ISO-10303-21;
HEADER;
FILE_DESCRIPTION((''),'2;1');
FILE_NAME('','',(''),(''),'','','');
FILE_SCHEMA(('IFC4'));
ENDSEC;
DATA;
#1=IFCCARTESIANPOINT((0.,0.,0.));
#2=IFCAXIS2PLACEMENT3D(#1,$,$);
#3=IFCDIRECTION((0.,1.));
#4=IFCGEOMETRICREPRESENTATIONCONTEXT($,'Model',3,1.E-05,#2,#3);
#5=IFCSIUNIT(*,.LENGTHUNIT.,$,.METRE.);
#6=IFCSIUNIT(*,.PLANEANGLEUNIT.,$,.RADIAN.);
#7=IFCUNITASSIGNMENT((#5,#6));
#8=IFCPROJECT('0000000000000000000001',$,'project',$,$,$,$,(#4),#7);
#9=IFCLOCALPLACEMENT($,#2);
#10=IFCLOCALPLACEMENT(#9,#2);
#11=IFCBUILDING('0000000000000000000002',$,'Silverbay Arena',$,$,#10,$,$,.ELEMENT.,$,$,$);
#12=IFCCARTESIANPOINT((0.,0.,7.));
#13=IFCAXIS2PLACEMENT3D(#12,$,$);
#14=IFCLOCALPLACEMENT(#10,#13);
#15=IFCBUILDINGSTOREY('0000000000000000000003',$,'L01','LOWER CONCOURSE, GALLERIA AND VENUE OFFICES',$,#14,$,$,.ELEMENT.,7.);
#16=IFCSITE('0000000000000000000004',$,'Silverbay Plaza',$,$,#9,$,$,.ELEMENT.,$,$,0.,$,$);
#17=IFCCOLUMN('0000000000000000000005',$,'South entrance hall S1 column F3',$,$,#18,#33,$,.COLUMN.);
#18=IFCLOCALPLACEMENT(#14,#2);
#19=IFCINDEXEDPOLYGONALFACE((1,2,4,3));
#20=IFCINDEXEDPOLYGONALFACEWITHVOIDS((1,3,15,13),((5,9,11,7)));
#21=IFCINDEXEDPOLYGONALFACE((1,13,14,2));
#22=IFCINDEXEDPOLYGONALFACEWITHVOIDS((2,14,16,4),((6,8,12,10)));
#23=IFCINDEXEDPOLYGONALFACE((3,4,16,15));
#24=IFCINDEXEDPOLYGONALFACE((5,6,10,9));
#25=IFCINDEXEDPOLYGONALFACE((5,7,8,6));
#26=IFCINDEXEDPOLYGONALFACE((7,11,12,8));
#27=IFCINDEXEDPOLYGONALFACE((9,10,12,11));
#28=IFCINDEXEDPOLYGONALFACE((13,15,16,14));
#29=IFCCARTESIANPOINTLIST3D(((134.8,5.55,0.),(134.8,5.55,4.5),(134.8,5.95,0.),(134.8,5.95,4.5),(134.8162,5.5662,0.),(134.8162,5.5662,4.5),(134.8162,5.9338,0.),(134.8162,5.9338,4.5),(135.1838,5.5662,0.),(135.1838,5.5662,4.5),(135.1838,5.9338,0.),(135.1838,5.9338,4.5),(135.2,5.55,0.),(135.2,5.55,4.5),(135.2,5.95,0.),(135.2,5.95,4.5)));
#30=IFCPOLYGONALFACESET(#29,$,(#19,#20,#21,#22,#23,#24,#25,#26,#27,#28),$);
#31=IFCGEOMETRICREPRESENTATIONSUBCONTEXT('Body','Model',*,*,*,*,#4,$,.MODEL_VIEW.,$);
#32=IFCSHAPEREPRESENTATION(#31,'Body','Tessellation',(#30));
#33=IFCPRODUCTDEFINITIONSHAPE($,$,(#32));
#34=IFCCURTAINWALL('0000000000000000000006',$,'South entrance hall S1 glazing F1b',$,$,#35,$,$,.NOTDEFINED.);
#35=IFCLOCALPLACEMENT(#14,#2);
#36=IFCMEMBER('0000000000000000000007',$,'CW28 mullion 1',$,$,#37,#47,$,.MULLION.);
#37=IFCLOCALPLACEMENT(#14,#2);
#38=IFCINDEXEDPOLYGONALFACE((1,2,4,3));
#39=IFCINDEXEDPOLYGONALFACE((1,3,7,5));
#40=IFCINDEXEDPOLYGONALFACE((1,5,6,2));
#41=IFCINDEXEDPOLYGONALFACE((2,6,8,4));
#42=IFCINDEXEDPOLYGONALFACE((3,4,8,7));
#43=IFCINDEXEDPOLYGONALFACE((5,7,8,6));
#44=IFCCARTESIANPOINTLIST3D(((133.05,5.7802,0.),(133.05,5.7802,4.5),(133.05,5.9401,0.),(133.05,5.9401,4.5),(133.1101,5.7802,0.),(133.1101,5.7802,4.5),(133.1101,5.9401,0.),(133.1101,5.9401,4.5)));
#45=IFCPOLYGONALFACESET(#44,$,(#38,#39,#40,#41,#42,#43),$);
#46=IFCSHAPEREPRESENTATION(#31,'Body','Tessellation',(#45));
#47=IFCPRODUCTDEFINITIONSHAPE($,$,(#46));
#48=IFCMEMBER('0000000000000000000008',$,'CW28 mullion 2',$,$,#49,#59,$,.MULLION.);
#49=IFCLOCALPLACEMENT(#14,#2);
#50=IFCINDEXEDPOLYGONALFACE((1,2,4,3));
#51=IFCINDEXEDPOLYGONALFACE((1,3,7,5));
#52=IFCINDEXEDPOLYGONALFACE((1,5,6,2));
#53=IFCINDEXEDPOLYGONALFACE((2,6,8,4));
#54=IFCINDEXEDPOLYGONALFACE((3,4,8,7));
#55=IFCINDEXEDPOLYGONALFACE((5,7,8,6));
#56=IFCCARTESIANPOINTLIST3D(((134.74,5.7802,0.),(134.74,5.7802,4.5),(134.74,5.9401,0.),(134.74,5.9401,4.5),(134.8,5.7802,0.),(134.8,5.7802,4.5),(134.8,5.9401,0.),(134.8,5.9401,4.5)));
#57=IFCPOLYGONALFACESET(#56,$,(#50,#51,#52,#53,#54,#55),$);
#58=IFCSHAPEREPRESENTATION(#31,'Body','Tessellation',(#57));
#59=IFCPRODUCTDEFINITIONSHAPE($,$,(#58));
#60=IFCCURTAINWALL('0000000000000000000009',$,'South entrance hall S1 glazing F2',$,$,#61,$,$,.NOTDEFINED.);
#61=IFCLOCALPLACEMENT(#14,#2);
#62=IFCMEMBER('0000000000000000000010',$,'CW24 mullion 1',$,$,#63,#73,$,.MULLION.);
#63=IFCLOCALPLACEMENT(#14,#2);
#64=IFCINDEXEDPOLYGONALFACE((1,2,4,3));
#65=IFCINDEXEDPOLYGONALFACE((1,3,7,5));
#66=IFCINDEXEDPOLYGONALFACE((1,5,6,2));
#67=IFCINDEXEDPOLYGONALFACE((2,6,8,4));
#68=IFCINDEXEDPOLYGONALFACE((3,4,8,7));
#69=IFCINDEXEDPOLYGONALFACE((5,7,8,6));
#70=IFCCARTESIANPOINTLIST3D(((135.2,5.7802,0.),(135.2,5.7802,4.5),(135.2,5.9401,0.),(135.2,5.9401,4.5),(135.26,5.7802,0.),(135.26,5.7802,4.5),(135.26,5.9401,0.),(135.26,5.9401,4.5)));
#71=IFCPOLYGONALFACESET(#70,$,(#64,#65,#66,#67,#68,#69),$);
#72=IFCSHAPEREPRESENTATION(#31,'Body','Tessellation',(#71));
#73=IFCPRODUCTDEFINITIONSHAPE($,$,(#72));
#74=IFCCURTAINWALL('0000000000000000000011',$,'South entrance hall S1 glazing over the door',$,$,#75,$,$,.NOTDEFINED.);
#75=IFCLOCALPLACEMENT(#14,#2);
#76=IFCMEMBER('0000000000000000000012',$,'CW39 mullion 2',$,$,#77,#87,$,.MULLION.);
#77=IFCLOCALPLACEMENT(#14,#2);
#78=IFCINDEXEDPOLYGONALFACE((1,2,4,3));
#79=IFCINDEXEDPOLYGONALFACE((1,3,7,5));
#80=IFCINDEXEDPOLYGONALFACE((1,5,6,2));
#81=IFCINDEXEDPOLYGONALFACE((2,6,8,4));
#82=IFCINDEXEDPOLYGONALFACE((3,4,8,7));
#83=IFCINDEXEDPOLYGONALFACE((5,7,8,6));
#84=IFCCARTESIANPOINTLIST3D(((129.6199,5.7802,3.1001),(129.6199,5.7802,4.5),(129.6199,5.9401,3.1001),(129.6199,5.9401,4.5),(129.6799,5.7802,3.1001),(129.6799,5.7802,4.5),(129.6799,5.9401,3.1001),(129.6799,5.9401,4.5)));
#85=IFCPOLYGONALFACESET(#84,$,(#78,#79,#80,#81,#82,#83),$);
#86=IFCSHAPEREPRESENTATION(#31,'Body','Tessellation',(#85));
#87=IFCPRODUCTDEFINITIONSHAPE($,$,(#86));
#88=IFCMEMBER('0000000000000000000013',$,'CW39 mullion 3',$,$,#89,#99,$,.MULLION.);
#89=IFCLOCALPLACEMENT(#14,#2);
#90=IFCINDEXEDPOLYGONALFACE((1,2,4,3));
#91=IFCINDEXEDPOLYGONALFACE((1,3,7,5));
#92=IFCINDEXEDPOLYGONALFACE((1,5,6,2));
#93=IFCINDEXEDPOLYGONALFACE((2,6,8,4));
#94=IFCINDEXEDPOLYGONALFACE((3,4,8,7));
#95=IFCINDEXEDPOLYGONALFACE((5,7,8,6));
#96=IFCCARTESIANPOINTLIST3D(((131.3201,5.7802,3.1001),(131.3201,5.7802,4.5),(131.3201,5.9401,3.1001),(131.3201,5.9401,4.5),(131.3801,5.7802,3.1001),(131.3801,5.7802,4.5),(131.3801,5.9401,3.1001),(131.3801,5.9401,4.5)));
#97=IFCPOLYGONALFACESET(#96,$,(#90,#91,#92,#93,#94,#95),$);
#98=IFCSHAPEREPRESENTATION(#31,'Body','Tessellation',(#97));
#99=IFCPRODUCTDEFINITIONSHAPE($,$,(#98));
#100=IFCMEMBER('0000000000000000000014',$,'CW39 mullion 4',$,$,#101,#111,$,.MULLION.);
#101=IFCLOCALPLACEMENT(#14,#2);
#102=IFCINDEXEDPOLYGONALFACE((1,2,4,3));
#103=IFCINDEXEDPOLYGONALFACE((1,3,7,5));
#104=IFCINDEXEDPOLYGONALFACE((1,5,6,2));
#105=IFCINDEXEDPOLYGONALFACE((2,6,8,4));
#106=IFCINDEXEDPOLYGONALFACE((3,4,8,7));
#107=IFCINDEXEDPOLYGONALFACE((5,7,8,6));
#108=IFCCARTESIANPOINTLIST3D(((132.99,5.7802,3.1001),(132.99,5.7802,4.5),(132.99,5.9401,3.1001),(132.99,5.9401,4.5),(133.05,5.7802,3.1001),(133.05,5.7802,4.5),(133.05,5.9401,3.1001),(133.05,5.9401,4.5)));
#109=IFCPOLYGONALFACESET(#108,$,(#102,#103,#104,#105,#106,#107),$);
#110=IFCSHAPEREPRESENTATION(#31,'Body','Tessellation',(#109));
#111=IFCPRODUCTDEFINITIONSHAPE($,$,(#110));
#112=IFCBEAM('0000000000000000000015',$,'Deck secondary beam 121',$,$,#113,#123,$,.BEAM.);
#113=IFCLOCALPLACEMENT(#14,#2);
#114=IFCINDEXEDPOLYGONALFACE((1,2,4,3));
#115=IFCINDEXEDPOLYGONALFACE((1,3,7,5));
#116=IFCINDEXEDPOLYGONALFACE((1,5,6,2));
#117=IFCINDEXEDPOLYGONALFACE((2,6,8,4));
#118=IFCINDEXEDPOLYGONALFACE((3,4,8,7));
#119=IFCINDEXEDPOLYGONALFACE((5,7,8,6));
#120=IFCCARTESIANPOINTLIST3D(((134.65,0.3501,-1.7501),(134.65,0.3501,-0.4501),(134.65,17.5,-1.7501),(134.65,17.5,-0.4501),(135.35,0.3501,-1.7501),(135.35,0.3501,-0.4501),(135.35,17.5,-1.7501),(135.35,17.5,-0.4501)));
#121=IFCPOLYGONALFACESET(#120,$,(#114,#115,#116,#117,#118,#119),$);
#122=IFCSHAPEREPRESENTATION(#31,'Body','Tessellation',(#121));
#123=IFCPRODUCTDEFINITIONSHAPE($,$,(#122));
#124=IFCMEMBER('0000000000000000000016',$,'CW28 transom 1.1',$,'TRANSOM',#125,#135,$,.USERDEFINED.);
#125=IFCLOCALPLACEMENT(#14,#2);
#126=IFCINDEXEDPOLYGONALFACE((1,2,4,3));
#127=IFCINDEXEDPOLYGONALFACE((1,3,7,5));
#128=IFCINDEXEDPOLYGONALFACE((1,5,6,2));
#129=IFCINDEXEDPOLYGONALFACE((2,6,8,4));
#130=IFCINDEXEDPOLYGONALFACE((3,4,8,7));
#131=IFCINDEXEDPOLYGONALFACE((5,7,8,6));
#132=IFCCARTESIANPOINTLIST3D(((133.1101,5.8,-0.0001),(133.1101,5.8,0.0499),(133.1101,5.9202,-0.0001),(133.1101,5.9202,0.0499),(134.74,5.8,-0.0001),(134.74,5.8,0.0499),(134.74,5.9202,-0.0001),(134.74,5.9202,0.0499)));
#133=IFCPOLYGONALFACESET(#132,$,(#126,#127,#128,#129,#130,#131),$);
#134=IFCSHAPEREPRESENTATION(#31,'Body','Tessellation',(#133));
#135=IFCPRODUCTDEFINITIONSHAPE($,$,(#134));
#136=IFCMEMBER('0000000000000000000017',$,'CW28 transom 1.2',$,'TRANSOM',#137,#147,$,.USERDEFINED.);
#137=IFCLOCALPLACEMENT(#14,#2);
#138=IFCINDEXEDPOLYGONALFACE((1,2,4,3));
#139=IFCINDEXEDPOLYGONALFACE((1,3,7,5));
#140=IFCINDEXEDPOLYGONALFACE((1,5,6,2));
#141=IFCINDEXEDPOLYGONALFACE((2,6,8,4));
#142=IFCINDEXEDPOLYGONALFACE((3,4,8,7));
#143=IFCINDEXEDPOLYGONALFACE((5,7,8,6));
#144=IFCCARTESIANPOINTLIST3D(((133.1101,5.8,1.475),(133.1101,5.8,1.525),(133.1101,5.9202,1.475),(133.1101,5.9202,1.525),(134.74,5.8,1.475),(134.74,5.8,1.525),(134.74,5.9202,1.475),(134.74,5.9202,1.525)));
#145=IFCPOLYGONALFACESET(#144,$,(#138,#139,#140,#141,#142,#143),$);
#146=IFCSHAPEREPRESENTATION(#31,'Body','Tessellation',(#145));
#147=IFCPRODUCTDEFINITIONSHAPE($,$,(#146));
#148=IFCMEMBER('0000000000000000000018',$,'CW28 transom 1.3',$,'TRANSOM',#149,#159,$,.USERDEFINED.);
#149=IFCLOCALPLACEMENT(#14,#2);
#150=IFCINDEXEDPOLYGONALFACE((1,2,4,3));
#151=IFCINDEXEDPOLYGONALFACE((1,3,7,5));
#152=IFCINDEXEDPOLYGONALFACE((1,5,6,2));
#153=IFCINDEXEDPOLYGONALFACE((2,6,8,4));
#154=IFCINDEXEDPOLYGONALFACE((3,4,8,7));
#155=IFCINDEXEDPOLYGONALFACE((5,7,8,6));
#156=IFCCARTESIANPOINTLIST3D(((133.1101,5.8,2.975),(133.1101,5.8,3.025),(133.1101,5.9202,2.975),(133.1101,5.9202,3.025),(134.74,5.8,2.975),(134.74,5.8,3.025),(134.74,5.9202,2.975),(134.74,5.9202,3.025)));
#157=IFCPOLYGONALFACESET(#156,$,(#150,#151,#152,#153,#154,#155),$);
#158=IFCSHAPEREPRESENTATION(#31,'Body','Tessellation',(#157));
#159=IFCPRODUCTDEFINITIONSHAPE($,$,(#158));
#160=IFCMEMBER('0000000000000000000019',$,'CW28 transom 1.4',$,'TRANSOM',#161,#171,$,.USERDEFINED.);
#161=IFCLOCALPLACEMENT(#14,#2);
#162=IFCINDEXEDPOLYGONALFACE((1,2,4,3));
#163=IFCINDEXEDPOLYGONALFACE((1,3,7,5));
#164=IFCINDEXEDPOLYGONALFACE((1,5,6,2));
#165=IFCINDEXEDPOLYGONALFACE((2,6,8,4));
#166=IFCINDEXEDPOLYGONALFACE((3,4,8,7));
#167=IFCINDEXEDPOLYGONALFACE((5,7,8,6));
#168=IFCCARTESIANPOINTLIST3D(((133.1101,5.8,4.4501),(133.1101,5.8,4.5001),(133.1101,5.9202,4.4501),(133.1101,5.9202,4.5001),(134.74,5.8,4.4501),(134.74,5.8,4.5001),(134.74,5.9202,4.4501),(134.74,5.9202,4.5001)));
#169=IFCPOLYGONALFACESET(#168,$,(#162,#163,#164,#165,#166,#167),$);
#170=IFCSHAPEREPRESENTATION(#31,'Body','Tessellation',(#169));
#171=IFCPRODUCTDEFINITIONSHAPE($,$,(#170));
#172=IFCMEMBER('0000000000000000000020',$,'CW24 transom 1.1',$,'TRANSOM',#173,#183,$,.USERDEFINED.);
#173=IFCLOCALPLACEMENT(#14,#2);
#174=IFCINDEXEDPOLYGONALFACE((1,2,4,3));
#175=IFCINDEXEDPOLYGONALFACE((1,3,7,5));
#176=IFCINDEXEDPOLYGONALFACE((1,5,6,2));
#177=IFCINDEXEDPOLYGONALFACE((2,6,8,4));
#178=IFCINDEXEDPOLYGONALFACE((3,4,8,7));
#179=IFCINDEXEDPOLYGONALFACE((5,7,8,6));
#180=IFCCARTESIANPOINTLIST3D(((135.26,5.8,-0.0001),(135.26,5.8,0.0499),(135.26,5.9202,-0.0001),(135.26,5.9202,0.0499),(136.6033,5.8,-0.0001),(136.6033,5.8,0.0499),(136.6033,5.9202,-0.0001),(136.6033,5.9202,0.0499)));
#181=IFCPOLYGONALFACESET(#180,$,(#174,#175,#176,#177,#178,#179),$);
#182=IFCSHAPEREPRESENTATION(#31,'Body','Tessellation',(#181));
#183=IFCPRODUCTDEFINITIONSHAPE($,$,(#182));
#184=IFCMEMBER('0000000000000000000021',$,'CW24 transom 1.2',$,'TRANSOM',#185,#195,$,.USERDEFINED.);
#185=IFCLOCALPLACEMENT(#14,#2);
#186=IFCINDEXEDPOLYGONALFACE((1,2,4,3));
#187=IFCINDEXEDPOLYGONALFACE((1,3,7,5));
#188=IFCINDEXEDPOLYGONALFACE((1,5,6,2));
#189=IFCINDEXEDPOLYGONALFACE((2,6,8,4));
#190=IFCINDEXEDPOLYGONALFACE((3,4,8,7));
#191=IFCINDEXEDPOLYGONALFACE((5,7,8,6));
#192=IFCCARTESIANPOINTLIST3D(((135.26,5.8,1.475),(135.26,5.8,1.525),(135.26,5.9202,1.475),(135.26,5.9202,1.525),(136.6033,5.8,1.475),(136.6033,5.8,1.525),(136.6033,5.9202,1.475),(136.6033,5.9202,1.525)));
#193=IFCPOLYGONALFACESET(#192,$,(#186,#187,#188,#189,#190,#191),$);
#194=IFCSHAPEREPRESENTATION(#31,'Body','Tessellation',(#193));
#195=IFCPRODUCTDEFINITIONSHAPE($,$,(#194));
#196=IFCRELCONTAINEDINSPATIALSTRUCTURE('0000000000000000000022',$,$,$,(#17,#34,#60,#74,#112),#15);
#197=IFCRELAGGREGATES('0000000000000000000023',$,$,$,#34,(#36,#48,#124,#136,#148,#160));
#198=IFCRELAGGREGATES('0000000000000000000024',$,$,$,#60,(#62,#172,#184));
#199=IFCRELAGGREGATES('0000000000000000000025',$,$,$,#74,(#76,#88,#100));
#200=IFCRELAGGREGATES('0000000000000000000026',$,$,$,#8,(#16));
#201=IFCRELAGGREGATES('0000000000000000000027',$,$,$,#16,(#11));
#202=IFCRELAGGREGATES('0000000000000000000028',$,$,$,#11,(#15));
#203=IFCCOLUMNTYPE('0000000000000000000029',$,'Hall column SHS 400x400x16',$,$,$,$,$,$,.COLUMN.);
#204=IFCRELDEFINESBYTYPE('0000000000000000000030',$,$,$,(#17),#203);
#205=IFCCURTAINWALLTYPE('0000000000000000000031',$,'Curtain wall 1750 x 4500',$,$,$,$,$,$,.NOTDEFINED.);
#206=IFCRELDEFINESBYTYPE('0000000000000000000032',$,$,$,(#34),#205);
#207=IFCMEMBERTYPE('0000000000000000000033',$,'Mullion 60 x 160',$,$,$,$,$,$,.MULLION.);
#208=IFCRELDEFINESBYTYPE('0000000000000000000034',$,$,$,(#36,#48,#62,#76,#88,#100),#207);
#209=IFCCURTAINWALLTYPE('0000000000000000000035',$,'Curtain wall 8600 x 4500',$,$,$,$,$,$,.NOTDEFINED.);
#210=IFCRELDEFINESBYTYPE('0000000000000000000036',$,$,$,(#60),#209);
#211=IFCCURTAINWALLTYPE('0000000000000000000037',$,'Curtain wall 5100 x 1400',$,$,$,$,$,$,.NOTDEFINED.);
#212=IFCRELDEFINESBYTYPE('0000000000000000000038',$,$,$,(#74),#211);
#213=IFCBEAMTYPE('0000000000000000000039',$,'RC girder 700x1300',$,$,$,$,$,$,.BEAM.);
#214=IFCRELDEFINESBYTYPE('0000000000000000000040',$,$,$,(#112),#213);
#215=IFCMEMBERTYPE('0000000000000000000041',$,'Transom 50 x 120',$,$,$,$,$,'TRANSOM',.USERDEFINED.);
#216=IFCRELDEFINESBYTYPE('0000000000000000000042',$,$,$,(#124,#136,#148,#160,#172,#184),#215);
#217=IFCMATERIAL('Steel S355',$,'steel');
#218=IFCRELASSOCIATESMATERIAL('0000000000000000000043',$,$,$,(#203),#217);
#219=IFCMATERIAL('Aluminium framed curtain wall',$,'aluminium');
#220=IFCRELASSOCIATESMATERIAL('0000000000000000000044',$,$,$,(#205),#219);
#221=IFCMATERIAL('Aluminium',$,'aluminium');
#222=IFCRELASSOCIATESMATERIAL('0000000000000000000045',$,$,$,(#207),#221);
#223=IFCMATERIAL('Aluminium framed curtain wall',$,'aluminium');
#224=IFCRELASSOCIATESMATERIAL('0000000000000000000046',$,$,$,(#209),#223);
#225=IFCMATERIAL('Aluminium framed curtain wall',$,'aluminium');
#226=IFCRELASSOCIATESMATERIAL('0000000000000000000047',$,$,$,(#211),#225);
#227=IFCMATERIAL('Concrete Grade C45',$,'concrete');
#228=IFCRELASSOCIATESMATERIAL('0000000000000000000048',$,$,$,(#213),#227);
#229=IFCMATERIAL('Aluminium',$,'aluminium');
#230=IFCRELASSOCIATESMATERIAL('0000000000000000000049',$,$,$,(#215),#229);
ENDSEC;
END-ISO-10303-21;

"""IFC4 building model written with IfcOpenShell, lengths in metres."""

from ifc_helpers import new_model, si_unit, direction, frame, origin, origin_2d, place, context, subcontext, project, spatial, rectangle, hollow_rectangle, extrude, material, material_profile, profile_set, type_object, element, aggregate, save


model = new_model("IFC4")

# Units and contexts
model_context = context("Model", 3, precision=1e-05, world=origin(), true_north=direction((0.0, 1.0)))
body_context = subcontext(model_context, "Body", "Model", "MODEL_VIEW")
ifc_project = project(units=[si_unit("LENGTHUNIT", "METRE"), si_unit("PLANEANGLEUNIT", "RADIAN")], contexts=[model_context])

# Site, building, storey
site_placement = place(None, origin())
site = spatial("IfcSite", under=ifc_project, at=site_placement, Name="Silverbay Plaza", CompositionType="ELEMENT", RefElevation=0.0)
building_placement = place(site_placement, origin())
building = spatial("IfcBuilding", under=site, at=building_placement, Name="Silverbay Arena", CompositionType="ELEMENT")
storey_placement = place(building_placement, frame((0.0, 0.0, 7.0)))
storey = spatial("IfcBuildingStorey", under=building, at=storey_placement, Name="L01", Description="LOWER CONCOURSE, GALLERIA AND VENUE OFFICES", CompositionType="ELEMENT", Elevation=7.0)

# Column
ifc_material_1 = material(Name="Steel S355", Category="steel")
ifc_material_profile_1 = material_profile(ifc_material_1, hollow_rectangle(XDim=0.3999, YDim=0.3999, WallThickness=0.0161, at=origin_2d()), Name="SHS 400x400x16")
ifc_profile_set_1 = profile_set([ifc_material_profile_1], Name="Steel S355")
column_type = type_object("IfcColumnType", Name="Hall column SHS 400x400x16", PredefinedType="COLUMN", material=ifc_profile_set_1)
column_placement = place(storey_placement, frame((135.0, 5.75, 0.0), z_axis=(0.0, 0.0, 1.0), x_axis=(1.0, 0.0, 0.0)))
element("IfcColumn", 1, at=column_placement, inside=storey, type_object=column_type, Name="South entrance hall S1 column F3", PredefinedType="COLUMN", context=body_context, shape_type="SweptSolid", body=[
    extrude(hollow_rectangle(XDim=0.3999, YDim=0.3999, WallThickness=0.0161, at=origin_2d()), origin(), (0.0, 0.0, 1.0), 4.5),
])

# Curtain wall, members
ifc_material_2 = material(Name="Aluminium framed curtain wall", Category="aluminium")
curtain_wall_type_1 = type_object("IfcCurtainWallType", Name="Curtain wall 1750 x 4500", PredefinedType="NOTDEFINED", material=ifc_material_2)
curtain_wall_1_placement = place(storey_placement, origin())
curtain_wall_1 = element("IfcCurtainWall", 2, at=curtain_wall_1_placement, inside=storey, type_object=curtain_wall_type_1, Name="South entrance hall S1 glazing F1b", PredefinedType="NOTDEFINED")
ifc_material_3 = material(Name="Aluminium", Category="aluminium")
ifc_material_profile_2 = material_profile(ifc_material_3, rectangle(XDim=0.1599, YDim=0.0601, at=origin_2d()), Name="Mullion 60 x 160")
ifc_profile_set_2 = profile_set([ifc_material_profile_2], Name="Aluminium")
member_type_1 = type_object("IfcMemberType", Name="Mullion 60 x 160", PredefinedType="MULLION", material=ifc_profile_set_2)
member_1_placement = place(storey_placement, frame((133.0801, 5.8601, 0.0), z_axis=(0.0, 0.0, 1.0), x_axis=(0.0, 1.0, 0.0)))
member_1 = element("IfcMember", 3, at=member_1_placement, type_object=member_type_1, Name="CW28 mullion 1", PredefinedType="MULLION", context=body_context, shape_type="SweptSolid", body=[
    extrude(rectangle(XDim=0.1599, YDim=0.0601, at=origin_2d()), origin(), (0.0, 0.0, 1.0), 4.5),
])
member_2_placement = place(storey_placement, frame((134.77, 5.8601, 0.0), z_axis=(0.0, 0.0, 1.0), x_axis=(0.0, 1.0, 0.0)))
member_2 = element("IfcMember", 4, at=member_2_placement, type_object=member_type_1, Name="CW28 mullion 2", PredefinedType="MULLION", context=body_context, shape_type="SweptSolid", body=[
    extrude(rectangle(XDim=0.1599, YDim=0.0601, at=origin_2d()), origin(), (0.0, 0.0, 1.0), 4.5),
])

# Curtain wall, member
ifc_material_4 = material(Name="Aluminium framed curtain wall", Category="aluminium")
curtain_wall_type_2 = type_object("IfcCurtainWallType", Name="Curtain wall 8600 x 4500", PredefinedType="NOTDEFINED", material=ifc_material_4)
curtain_wall_2_placement = place(storey_placement, origin())
curtain_wall_2 = element("IfcCurtainWall", 5, at=curtain_wall_2_placement, inside=storey, type_object=curtain_wall_type_2, Name="South entrance hall S1 glazing F2", PredefinedType="NOTDEFINED")
member_3_placement = place(storey_placement, frame((135.23, 5.8601, 0.0), z_axis=(0.0, 0.0, 1.0), x_axis=(0.0, 1.0, 0.0)))
member_3 = element("IfcMember", 6, at=member_3_placement, type_object=member_type_1, Name="CW24 mullion 1", PredefinedType="MULLION", context=body_context, shape_type="SweptSolid", body=[
    extrude(rectangle(XDim=0.1599, YDim=0.0601, at=origin_2d()), origin(), (0.0, 0.0, 1.0), 4.5),
])

# Curtain wall, members
ifc_material_5 = material(Name="Aluminium framed curtain wall", Category="aluminium")
curtain_wall_type_3 = type_object("IfcCurtainWallType", Name="Curtain wall 5100 x 1400", PredefinedType="NOTDEFINED", material=ifc_material_5)
curtain_wall_3_placement = place(storey_placement, origin())
curtain_wall_3 = element("IfcCurtainWall", 7, at=curtain_wall_3_placement, inside=storey, type_object=curtain_wall_type_3, Name="South entrance hall S1 glazing over the door", PredefinedType="NOTDEFINED")
member_4_placement = place(storey_placement, frame((129.6499, 5.8601, 3.1001), z_axis=(0.0, 0.0, 1.0), x_axis=(0.0, 1.0, 0.0)))
member_4 = element("IfcMember", 8, at=member_4_placement, type_object=member_type_1, Name="CW39 mullion 2", PredefinedType="MULLION", context=body_context, shape_type="SweptSolid", body=[
    extrude(rectangle(XDim=0.1599, YDim=0.0601, at=origin_2d()), origin(), (0.0, 0.0, 1.0), 1.3999),
])
member_5_placement = place(storey_placement, frame((131.3501, 5.8601, 3.1001), z_axis=(0.0, 0.0, 1.0), x_axis=(0.0, 1.0, 0.0)))
member_5 = element("IfcMember", 9, at=member_5_placement, type_object=member_type_1, Name="CW39 mullion 3", PredefinedType="MULLION", context=body_context, shape_type="SweptSolid", body=[
    extrude(rectangle(XDim=0.1599, YDim=0.0601, at=origin_2d()), origin(), (0.0, 0.0, 1.0), 1.3999),
])
member_6_placement = place(storey_placement, frame((133.02, 5.8601, 3.1001), z_axis=(0.0, 0.0, 1.0), x_axis=(0.0, 1.0, 0.0)))
member_6 = element("IfcMember", 10, at=member_6_placement, type_object=member_type_1, Name="CW39 mullion 4", PredefinedType="MULLION", context=body_context, shape_type="SweptSolid", body=[
    extrude(rectangle(XDim=0.1599, YDim=0.0601, at=origin_2d()), origin(), (0.0, 0.0, 1.0), 1.3999),
])

# Beam
ifc_material_6 = material(Name="Concrete Grade C45", Category="concrete")
ifc_material_profile_3 = material_profile(ifc_material_6, rectangle(XDim=0.7, YDim=1.3, at=origin_2d()), Name="RC 700x1300")
ifc_profile_set_3 = profile_set([ifc_material_profile_3], Name="Concrete Grade C45")
beam_type = type_object("IfcBeamType", Name="RC girder 700x1300", PredefinedType="BEAM", material=ifc_profile_set_3)
beam_placement = place(storey_placement, frame((135.0, 0.3501, -1.1001), z_axis=(0.0, 1.0, 0.0), x_axis=(-1.0, 0.0, 0.0)))
element("IfcBeam", 11, at=beam_placement, inside=storey, type_object=beam_type, Name="Deck secondary beam 121", PredefinedType="BEAM", context=body_context, shape_type="SweptSolid", body=[
    extrude(rectangle(XDim=0.7, YDim=1.3, at=origin_2d()), origin(), (0.0, 0.0, 1.0), 17.1499),
])

# Members
ifc_material_7 = material(Name="Aluminium", Category="aluminium")
ifc_material_profile_4 = material_profile(ifc_material_7, rectangle(XDim=0.1201, YDim=0.05, at=origin_2d()), Name="Transom 50 x 120")
ifc_profile_set_4 = profile_set([ifc_material_profile_4], Name="Aluminium")
member_type_2 = type_object("IfcMemberType", Name="Transom 50 x 120", ElementType="TRANSOM", PredefinedType="USERDEFINED", material=ifc_profile_set_4)
member_7_placement = place(storey_placement, frame((133.1101, 5.8601, 0.0249), z_axis=(1.0, 0.0, 0.0), x_axis=(0.0, 1.0, 0.0)))
member_7 = element("IfcMember", 12, at=member_7_placement, type_object=member_type_2, Name="CW28 transom 1.1", ObjectType="TRANSOM", PredefinedType="USERDEFINED", context=body_context, shape_type="SweptSolid", body=[
    extrude(rectangle(XDim=0.1201, YDim=0.05, at=origin_2d()), origin(), (0.0, 0.0, 1.0), 1.6299),
])
member_8_placement = place(storey_placement, frame((133.1101, 5.8601, 1.5), z_axis=(1.0, 0.0, 0.0), x_axis=(0.0, 1.0, 0.0)))
member_8 = element("IfcMember", 13, at=member_8_placement, type_object=member_type_2, Name="CW28 transom 1.2", ObjectType="TRANSOM", PredefinedType="USERDEFINED", context=body_context, shape_type="SweptSolid", body=[
    extrude(rectangle(XDim=0.1201, YDim=0.05, at=origin_2d()), origin(), (0.0, 0.0, 1.0), 1.6299),
])
member_9_placement = place(storey_placement, frame((133.1101, 5.8601, 3.0), z_axis=(1.0, 0.0, 0.0), x_axis=(0.0, 1.0, 0.0)))
member_9 = element("IfcMember", 14, at=member_9_placement, type_object=member_type_2, Name="CW28 transom 1.3", ObjectType="TRANSOM", PredefinedType="USERDEFINED", context=body_context, shape_type="SweptSolid", body=[
    extrude(rectangle(XDim=0.1201, YDim=0.05, at=origin_2d()), origin(), (0.0, 0.0, 1.0), 1.6299),
])
member_10_placement = place(storey_placement, frame((133.1101, 5.8601, 4.4751), z_axis=(1.0, 0.0, 0.0), x_axis=(0.0, 1.0, 0.0)))
member_10 = element("IfcMember", 15, at=member_10_placement, type_object=member_type_2, Name="CW28 transom 1.4", ObjectType="TRANSOM", PredefinedType="USERDEFINED", context=body_context, shape_type="SweptSolid", body=[
    extrude(rectangle(XDim=0.1201, YDim=0.05, at=origin_2d()), origin(), (0.0, 0.0, 1.0), 1.6299),
])
member_11_placement = place(storey_placement, frame((135.26, 5.8601, 0.0249), z_axis=(1.0, 0.0, 0.0), x_axis=(0.0, 1.0, 0.0)))
member_11 = element("IfcMember", 16, at=member_11_placement, type_object=member_type_2, Name="CW24 transom 1.1", ObjectType="TRANSOM", PredefinedType="USERDEFINED", context=body_context, shape_type="SweptSolid", body=[
    extrude(rectangle(XDim=0.1201, YDim=0.05, at=origin_2d()), origin(), (0.0, 0.0, 1.0), 1.3433),
])
member_12_placement = place(storey_placement, frame((135.26, 5.8601, 1.5), z_axis=(1.0, 0.0, 0.0), x_axis=(0.0, 1.0, 0.0)))
member_12 = element("IfcMember", 17, at=member_12_placement, type_object=member_type_2, Name="CW24 transom 1.2", ObjectType="TRANSOM", PredefinedType="USERDEFINED", context=body_context, shape_type="SweptSolid", body=[
    extrude(rectangle(XDim=0.1201, YDim=0.05, at=origin_2d()), origin(), (0.0, 0.0, 1.0), 1.3433),
])

aggregate(curtain_wall_1, [member_1, member_2, member_7, member_8, member_9, member_10])
aggregate(curtain_wall_2, [member_3, member_11, member_12])
aggregate(curtain_wall_3, [member_4, member_5, member_6])

save(model, "model.ifc")
